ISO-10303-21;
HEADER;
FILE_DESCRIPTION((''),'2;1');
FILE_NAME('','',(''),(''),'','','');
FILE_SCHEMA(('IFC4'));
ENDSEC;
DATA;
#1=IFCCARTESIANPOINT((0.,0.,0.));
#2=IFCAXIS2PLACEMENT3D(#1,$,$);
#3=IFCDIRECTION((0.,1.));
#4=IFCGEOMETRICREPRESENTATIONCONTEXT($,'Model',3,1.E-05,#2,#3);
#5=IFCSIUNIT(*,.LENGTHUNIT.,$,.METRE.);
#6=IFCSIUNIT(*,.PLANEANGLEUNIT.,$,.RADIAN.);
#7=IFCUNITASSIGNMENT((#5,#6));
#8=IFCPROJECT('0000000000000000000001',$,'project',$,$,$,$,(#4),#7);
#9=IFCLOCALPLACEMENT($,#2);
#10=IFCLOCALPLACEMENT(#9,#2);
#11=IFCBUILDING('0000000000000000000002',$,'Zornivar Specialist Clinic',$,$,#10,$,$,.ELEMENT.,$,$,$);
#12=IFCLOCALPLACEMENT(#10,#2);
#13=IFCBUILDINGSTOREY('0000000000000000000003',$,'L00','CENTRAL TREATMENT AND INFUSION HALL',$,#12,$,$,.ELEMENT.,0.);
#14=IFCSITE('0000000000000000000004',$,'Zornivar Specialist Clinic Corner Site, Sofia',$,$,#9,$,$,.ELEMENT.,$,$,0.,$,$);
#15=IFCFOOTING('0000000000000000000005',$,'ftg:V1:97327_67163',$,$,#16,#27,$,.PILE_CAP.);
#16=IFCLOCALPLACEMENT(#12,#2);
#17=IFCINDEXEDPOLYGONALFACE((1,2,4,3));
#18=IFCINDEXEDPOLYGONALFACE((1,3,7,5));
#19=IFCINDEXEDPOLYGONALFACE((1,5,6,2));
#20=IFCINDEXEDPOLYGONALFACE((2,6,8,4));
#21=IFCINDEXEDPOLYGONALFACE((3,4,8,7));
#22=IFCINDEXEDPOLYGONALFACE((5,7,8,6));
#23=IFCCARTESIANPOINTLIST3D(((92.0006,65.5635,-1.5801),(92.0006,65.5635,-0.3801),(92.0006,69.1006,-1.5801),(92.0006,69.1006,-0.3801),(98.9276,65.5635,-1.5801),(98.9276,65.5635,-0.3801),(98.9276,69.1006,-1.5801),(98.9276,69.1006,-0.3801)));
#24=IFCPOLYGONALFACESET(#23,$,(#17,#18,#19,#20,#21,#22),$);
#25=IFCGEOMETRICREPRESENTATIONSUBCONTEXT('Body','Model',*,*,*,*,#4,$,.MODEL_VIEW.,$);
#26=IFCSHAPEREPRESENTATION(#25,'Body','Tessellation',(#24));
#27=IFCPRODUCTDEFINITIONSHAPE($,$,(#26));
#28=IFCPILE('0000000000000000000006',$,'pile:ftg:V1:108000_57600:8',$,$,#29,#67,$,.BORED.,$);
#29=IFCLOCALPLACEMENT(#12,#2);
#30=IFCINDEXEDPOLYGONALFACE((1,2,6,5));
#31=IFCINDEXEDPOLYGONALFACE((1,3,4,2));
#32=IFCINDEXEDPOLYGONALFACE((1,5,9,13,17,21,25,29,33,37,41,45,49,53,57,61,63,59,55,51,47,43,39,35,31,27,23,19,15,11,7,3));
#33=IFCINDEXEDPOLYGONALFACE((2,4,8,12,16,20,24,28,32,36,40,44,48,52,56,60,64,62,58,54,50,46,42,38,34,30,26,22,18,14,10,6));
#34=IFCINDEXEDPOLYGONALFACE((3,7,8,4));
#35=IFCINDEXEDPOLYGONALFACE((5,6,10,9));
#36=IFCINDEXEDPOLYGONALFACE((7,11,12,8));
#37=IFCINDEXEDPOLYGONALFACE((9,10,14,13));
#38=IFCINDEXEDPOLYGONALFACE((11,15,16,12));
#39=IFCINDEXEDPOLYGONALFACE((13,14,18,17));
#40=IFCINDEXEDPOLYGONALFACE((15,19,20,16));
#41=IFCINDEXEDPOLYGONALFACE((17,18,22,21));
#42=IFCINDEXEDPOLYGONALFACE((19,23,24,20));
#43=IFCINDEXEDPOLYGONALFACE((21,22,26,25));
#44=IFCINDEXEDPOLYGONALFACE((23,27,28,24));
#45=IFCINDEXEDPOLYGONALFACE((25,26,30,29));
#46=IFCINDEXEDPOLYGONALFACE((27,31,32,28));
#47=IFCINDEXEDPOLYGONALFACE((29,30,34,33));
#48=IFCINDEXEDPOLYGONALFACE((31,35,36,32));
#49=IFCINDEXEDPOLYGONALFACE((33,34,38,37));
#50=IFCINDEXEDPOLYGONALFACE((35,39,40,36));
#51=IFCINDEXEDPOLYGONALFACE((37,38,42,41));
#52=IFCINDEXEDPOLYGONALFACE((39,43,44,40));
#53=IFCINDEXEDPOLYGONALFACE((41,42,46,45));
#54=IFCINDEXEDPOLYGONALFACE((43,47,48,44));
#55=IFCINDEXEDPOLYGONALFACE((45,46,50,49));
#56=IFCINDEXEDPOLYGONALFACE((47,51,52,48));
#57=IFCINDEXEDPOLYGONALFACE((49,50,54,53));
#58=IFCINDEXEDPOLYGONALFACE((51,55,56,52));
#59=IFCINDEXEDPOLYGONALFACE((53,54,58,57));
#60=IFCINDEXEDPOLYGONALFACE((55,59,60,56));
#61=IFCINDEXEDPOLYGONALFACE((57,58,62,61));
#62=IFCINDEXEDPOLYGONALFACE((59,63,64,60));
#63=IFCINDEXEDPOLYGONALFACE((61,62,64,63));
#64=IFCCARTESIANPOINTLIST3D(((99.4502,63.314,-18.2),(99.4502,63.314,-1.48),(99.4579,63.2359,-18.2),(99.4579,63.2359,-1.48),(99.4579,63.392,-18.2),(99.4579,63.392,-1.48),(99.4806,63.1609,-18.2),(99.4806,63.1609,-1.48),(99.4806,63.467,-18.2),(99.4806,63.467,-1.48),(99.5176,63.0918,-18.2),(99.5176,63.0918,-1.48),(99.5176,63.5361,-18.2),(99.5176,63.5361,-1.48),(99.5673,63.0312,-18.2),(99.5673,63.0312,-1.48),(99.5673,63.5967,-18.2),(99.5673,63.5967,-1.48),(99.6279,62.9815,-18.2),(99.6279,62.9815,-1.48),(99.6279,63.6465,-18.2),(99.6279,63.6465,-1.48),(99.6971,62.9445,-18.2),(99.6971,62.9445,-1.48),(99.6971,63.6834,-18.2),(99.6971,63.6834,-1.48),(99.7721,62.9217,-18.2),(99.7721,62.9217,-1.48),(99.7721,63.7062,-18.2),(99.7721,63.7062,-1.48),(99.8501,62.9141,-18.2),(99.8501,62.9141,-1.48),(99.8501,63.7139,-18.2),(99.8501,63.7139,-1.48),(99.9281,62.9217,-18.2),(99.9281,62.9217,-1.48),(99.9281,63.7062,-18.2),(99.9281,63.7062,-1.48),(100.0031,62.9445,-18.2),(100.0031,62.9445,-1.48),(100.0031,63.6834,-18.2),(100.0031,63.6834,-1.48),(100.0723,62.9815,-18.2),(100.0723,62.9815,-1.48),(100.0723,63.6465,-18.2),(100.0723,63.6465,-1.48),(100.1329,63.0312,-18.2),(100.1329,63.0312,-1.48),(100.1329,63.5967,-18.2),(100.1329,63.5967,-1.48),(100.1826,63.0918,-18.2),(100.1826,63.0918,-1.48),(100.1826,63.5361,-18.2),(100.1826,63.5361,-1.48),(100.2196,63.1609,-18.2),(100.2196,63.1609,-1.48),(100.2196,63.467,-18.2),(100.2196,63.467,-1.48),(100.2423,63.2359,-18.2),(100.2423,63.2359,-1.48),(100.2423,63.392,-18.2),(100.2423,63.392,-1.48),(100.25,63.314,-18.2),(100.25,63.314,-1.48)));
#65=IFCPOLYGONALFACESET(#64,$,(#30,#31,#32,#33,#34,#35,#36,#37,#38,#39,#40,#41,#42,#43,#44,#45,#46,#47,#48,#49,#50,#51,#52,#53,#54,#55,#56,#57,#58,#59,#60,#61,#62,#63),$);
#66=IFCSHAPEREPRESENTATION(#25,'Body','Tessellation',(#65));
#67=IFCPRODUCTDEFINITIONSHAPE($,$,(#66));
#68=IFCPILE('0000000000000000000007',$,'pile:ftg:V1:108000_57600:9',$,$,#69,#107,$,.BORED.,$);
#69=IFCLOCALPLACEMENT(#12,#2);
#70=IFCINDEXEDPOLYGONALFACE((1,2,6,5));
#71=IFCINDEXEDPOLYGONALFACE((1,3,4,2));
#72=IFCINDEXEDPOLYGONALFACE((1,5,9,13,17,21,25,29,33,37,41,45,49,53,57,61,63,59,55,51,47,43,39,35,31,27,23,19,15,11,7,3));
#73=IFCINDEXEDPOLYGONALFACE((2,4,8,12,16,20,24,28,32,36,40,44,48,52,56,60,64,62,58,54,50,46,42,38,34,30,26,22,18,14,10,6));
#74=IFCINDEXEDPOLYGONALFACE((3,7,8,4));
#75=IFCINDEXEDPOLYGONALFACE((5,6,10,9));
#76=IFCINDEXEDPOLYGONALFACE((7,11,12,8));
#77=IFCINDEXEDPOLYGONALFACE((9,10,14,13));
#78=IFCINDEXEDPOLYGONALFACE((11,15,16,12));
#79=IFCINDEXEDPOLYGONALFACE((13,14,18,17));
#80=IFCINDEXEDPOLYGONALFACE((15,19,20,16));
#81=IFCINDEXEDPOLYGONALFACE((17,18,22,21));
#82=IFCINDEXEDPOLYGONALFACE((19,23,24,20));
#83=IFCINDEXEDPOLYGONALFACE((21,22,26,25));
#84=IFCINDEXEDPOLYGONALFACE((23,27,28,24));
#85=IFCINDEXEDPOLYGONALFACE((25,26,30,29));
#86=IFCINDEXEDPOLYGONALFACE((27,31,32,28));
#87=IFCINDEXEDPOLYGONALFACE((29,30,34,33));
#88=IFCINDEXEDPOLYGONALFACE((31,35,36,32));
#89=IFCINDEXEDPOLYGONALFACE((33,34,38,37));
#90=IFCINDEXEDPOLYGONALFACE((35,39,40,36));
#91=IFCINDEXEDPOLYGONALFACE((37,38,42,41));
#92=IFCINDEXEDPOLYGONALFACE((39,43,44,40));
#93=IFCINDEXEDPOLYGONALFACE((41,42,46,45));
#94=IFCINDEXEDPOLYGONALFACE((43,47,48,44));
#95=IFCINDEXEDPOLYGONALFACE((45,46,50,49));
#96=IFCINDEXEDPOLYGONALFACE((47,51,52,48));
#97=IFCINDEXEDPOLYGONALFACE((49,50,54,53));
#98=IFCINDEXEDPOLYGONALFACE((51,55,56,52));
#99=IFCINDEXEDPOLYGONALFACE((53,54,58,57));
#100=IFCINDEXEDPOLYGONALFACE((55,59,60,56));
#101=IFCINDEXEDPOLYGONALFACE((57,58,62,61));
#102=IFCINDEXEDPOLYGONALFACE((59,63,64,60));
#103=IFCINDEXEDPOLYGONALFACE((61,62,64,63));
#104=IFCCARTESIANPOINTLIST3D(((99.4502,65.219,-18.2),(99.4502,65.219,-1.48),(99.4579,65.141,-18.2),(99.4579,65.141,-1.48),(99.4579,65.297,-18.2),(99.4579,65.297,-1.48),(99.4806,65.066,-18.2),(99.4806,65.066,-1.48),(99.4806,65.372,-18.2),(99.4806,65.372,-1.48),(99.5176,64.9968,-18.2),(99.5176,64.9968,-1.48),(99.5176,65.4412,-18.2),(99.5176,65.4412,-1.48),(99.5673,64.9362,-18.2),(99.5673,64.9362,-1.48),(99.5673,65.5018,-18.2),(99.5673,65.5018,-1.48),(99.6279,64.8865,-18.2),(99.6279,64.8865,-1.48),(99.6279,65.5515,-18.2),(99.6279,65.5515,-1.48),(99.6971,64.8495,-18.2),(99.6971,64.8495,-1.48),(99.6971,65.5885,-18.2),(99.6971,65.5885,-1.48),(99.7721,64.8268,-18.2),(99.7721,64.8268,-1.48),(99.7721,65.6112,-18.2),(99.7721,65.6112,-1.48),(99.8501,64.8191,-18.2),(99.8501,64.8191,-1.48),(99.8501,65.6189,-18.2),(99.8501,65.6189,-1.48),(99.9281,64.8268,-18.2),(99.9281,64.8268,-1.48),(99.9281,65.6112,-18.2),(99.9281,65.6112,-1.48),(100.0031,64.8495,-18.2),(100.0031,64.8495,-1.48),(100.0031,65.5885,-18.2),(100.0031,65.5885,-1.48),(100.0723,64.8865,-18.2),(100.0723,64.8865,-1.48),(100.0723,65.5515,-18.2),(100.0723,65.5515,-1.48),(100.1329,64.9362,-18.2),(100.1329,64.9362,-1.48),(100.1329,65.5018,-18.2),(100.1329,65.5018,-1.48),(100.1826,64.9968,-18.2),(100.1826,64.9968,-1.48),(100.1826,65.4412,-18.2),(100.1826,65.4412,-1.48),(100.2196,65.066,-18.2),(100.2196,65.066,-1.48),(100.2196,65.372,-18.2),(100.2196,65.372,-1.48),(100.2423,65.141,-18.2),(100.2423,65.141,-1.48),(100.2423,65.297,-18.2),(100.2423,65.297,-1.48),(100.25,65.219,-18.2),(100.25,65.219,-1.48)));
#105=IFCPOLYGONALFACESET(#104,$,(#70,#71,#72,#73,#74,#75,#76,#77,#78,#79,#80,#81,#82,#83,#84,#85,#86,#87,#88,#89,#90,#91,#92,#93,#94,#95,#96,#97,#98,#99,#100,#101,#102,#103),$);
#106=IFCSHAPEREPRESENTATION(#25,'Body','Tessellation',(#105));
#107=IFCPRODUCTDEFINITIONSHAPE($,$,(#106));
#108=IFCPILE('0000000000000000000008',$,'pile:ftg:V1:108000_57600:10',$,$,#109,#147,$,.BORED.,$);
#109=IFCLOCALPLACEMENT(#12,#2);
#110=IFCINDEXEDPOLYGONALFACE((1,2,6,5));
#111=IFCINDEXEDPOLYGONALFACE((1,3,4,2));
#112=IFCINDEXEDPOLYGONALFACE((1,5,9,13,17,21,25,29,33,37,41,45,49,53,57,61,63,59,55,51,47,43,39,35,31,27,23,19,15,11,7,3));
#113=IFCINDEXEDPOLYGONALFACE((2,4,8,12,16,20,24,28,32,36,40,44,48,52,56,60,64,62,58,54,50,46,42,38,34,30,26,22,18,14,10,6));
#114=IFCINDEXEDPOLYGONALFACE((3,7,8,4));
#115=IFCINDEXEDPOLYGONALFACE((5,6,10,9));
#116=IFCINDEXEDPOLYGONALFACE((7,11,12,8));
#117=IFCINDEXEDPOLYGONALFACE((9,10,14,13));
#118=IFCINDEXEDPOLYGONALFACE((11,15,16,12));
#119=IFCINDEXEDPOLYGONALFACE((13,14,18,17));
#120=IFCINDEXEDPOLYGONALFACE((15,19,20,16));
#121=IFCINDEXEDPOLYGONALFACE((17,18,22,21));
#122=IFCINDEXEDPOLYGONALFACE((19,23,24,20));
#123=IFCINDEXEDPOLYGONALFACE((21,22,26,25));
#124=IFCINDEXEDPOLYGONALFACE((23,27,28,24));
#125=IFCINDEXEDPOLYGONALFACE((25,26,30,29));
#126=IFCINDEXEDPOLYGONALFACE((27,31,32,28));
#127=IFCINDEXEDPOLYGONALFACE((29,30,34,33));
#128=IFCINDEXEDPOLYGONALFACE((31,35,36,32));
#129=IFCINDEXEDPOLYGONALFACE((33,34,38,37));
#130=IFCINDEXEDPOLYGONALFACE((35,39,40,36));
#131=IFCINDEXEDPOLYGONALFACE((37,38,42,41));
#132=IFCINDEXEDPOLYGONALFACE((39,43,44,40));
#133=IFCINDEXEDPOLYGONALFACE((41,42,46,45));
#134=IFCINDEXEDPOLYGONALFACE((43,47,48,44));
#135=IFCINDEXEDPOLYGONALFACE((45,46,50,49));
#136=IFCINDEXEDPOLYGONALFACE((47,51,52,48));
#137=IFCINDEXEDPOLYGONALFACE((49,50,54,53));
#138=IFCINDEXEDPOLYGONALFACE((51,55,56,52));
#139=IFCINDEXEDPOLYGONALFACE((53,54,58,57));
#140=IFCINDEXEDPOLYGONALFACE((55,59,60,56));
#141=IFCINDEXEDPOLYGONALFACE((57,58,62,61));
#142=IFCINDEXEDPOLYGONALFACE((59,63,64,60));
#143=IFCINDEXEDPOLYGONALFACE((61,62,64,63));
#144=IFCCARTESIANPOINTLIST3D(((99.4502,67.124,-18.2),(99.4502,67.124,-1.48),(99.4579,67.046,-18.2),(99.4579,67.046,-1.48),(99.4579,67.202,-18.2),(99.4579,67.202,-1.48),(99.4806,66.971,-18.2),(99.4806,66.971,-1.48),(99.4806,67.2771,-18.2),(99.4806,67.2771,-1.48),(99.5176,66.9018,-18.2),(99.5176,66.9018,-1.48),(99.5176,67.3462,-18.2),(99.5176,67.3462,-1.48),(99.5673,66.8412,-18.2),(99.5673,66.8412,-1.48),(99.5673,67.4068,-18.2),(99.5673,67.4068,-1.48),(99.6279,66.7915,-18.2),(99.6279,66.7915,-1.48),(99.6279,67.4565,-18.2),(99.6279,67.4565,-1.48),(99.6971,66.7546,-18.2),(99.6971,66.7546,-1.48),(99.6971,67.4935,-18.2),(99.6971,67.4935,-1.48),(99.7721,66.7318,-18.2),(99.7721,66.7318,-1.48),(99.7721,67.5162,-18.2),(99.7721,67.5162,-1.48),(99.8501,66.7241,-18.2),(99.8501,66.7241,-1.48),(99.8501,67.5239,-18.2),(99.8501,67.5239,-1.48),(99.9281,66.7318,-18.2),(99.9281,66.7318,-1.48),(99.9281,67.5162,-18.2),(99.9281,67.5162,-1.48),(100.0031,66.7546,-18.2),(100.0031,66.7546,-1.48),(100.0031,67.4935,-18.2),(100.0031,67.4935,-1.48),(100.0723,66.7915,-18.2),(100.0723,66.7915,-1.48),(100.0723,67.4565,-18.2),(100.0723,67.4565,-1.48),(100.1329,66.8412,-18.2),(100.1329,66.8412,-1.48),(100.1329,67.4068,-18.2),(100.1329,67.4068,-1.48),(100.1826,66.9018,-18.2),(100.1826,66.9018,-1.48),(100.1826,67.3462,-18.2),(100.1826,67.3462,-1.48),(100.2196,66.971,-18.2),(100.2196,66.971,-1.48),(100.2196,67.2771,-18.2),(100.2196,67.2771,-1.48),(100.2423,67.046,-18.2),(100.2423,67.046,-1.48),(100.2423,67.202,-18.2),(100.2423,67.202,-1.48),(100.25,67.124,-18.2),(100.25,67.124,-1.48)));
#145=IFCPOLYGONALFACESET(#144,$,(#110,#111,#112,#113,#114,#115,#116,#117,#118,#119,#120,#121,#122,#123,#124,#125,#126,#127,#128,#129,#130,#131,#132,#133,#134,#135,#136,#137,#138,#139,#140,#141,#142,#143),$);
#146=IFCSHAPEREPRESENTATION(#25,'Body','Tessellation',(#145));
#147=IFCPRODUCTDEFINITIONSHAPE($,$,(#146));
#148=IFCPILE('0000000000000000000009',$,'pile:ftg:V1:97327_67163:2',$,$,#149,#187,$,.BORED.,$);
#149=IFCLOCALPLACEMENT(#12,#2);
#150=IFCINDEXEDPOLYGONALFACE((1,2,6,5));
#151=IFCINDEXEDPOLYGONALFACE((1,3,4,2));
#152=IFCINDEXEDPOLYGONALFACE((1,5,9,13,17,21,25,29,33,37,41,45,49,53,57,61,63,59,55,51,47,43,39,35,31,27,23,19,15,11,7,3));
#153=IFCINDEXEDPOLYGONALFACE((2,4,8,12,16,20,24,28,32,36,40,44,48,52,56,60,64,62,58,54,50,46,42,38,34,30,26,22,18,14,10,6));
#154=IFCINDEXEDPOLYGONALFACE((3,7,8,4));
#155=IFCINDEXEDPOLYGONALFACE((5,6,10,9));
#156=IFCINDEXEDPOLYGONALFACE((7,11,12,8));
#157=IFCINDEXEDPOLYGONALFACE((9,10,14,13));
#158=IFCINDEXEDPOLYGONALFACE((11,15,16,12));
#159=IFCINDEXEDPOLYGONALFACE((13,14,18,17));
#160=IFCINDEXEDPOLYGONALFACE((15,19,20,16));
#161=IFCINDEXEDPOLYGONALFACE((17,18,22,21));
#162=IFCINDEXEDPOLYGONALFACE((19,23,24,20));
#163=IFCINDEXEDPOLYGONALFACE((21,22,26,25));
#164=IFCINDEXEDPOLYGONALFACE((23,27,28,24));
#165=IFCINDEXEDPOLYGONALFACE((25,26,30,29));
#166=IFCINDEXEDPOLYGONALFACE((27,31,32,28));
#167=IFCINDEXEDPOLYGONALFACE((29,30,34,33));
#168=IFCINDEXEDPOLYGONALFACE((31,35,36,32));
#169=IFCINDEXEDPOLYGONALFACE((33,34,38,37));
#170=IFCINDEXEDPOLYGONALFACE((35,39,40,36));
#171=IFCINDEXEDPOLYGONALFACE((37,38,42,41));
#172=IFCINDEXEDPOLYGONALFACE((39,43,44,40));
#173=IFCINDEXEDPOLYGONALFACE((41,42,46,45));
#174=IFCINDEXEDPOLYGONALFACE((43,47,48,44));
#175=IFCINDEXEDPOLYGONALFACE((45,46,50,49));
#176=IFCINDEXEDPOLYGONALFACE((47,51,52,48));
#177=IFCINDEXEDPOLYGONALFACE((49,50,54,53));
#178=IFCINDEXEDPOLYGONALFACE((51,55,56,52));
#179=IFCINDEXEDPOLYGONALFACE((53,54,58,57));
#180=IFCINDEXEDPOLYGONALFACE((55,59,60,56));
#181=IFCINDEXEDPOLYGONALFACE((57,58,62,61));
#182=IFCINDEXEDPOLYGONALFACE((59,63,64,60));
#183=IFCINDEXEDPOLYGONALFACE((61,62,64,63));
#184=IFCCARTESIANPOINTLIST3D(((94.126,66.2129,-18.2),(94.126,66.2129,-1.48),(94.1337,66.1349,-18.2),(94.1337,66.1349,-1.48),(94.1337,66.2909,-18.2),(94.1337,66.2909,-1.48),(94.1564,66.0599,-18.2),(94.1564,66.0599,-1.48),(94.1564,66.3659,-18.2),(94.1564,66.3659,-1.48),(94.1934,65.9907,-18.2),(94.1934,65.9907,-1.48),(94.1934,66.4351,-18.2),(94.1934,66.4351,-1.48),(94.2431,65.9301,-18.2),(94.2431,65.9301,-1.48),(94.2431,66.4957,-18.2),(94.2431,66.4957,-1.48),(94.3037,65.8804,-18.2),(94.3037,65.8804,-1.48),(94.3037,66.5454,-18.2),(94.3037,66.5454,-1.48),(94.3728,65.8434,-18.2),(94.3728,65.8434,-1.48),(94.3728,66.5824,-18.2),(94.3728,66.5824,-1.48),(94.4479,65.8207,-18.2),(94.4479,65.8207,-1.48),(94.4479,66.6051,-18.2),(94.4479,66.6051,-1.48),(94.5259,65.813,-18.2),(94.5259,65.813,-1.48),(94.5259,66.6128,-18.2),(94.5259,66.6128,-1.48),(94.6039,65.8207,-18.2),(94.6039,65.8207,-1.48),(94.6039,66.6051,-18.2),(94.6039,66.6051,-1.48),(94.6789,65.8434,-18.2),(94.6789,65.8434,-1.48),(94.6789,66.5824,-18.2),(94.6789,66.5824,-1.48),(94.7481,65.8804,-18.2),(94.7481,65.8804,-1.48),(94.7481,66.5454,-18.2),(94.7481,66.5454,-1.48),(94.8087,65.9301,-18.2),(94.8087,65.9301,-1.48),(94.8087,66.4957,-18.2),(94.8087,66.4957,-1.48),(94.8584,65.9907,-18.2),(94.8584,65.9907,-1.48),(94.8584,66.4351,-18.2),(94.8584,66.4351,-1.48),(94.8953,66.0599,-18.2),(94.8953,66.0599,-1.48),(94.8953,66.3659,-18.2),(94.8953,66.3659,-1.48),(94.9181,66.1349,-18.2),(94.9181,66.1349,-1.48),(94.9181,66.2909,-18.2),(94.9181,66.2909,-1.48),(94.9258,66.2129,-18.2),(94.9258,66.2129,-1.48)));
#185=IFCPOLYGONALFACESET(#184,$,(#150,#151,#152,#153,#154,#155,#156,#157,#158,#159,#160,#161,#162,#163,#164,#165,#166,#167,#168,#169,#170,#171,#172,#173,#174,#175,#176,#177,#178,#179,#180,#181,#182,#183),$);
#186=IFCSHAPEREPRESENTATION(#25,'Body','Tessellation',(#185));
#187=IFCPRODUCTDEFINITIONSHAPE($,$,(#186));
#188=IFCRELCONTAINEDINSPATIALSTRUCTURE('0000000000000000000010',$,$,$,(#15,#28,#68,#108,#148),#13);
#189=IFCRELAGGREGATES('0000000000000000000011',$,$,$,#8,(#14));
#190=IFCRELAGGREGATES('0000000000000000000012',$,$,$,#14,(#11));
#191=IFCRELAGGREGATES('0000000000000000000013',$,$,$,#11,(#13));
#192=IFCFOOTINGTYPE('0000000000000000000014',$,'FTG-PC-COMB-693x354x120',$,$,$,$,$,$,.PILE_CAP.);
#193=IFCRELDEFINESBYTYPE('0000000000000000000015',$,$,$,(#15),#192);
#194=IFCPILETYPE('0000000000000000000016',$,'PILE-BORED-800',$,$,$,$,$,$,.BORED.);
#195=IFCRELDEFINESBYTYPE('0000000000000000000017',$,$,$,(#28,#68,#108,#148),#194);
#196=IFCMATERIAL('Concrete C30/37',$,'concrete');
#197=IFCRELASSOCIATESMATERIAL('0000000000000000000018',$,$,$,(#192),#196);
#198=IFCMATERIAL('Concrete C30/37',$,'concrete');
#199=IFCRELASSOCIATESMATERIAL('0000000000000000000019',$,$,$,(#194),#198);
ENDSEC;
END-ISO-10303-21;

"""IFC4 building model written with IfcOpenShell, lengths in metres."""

from ifc_helpers import new_model, si_unit, direction, frame, origin, origin_2d, place, context, subcontext, project, spatial, rectangle, circle, extrude, material, material_profile, profile_set, type_object, element, save


model = new_model("IFC4")

# Units and contexts
model_context = context("Model", 3, precision=1e-05, world=origin(), true_north=direction((0.0, 1.0)))
body_context = subcontext(model_context, "Body", "Model", "MODEL_VIEW")
ifc_project = project(units=[si_unit("LENGTHUNIT", "METRE"), si_unit("PLANEANGLEUNIT", "RADIAN")], contexts=[model_context])

# Site, building, storey
site_placement = place(None, origin())
site = spatial("IfcSite", under=ifc_project, at=site_placement, Name="Zornivar Specialist Clinic Corner Site, Sofia", CompositionType="ELEMENT", RefElevation=0.0)
building_placement = place(site_placement, origin())
building = spatial("IfcBuilding", under=site, at=building_placement, Name="Zornivar Specialist Clinic", CompositionType="ELEMENT")
storey_placement = place(building_placement, origin())
storey = spatial("IfcBuildingStorey", under=building, at=storey_placement, Name="L00", Description="CENTRAL TREATMENT AND INFUSION HALL", CompositionType="ELEMENT", Elevation=0.0)

# Footing
ifc_material_1 = material(Name="Concrete C30/37", Category="concrete")
footing_type = type_object("IfcFootingType", Name="FTG-PC-COMB-693x354x120", PredefinedType="PILE_CAP", material=ifc_material_1)
footing_placement = place(storey_placement, frame((95.4641, 67.332, -1.5801), z_axis=(0.0, 0.0, 1.0), x_axis=(1.0, 0.0, 0.0)))
element("IfcFooting", 1, at=footing_placement, inside=storey, type_object=footing_type, Name="ftg:V1:97327_67163", PredefinedType="PILE_CAP", context=body_context, shape_type="SweptSolid", body=[
    extrude(rectangle(XDim=6.927, YDim=3.5371, at=origin_2d()), origin(), (0.0, 0.0, 1.0), 1.2),
])

# Piles
ifc_material_2 = material(Name="Concrete C30/37", Category="concrete")
ifc_material_profile_1 = material_profile(ifc_material_2, circle(Radius=0.3999, at=origin_2d()), Name="PILE D800")
ifc_profile_set_1 = profile_set([ifc_material_profile_1], Name="Concrete C30/37")
pile_type = type_object("IfcPileType", Name="PILE-BORED-800", PredefinedType="BORED", material=ifc_profile_set_1)
for number, where, z_axis, x_axis, name in (
    (2, (99.8501, 63.314, -1.48), (0.0, 0.0, -1.0), (1.0, 0.0, 0.0), "pile:ftg:V1:108000_57600:8"),
    (3, (99.8501, 65.219, -1.48), (0.0, 0.0, -1.0), (1.0, 0.0, 0.0), "pile:ftg:V1:108000_57600:9"),
    (4, (99.8501, 67.124, -1.48), (0.0, 0.0, -1.0), (1.0, 0.0, 0.0), "pile:ftg:V1:108000_57600:10"),
    (5, (94.5259, 66.2129, -1.48), (0.0, 0.0, -1.0), (1.0, 0.0, 0.0), "pile:ftg:V1:97327_67163:2"),
):
    element("IfcPile", number, at=place(storey_placement, frame(where, z_axis=z_axis, x_axis=x_axis)), inside=storey, type_object=pile_type, Name=name, PredefinedType="BORED", context=body_context, shape_type="SweptSolid", body=[
        extrude(circle(Radius=0.3999, at=origin_2d()), origin(), (0.0, 0.0, 1.0), 16.72),
    ])

save(model, "model.ifc")
